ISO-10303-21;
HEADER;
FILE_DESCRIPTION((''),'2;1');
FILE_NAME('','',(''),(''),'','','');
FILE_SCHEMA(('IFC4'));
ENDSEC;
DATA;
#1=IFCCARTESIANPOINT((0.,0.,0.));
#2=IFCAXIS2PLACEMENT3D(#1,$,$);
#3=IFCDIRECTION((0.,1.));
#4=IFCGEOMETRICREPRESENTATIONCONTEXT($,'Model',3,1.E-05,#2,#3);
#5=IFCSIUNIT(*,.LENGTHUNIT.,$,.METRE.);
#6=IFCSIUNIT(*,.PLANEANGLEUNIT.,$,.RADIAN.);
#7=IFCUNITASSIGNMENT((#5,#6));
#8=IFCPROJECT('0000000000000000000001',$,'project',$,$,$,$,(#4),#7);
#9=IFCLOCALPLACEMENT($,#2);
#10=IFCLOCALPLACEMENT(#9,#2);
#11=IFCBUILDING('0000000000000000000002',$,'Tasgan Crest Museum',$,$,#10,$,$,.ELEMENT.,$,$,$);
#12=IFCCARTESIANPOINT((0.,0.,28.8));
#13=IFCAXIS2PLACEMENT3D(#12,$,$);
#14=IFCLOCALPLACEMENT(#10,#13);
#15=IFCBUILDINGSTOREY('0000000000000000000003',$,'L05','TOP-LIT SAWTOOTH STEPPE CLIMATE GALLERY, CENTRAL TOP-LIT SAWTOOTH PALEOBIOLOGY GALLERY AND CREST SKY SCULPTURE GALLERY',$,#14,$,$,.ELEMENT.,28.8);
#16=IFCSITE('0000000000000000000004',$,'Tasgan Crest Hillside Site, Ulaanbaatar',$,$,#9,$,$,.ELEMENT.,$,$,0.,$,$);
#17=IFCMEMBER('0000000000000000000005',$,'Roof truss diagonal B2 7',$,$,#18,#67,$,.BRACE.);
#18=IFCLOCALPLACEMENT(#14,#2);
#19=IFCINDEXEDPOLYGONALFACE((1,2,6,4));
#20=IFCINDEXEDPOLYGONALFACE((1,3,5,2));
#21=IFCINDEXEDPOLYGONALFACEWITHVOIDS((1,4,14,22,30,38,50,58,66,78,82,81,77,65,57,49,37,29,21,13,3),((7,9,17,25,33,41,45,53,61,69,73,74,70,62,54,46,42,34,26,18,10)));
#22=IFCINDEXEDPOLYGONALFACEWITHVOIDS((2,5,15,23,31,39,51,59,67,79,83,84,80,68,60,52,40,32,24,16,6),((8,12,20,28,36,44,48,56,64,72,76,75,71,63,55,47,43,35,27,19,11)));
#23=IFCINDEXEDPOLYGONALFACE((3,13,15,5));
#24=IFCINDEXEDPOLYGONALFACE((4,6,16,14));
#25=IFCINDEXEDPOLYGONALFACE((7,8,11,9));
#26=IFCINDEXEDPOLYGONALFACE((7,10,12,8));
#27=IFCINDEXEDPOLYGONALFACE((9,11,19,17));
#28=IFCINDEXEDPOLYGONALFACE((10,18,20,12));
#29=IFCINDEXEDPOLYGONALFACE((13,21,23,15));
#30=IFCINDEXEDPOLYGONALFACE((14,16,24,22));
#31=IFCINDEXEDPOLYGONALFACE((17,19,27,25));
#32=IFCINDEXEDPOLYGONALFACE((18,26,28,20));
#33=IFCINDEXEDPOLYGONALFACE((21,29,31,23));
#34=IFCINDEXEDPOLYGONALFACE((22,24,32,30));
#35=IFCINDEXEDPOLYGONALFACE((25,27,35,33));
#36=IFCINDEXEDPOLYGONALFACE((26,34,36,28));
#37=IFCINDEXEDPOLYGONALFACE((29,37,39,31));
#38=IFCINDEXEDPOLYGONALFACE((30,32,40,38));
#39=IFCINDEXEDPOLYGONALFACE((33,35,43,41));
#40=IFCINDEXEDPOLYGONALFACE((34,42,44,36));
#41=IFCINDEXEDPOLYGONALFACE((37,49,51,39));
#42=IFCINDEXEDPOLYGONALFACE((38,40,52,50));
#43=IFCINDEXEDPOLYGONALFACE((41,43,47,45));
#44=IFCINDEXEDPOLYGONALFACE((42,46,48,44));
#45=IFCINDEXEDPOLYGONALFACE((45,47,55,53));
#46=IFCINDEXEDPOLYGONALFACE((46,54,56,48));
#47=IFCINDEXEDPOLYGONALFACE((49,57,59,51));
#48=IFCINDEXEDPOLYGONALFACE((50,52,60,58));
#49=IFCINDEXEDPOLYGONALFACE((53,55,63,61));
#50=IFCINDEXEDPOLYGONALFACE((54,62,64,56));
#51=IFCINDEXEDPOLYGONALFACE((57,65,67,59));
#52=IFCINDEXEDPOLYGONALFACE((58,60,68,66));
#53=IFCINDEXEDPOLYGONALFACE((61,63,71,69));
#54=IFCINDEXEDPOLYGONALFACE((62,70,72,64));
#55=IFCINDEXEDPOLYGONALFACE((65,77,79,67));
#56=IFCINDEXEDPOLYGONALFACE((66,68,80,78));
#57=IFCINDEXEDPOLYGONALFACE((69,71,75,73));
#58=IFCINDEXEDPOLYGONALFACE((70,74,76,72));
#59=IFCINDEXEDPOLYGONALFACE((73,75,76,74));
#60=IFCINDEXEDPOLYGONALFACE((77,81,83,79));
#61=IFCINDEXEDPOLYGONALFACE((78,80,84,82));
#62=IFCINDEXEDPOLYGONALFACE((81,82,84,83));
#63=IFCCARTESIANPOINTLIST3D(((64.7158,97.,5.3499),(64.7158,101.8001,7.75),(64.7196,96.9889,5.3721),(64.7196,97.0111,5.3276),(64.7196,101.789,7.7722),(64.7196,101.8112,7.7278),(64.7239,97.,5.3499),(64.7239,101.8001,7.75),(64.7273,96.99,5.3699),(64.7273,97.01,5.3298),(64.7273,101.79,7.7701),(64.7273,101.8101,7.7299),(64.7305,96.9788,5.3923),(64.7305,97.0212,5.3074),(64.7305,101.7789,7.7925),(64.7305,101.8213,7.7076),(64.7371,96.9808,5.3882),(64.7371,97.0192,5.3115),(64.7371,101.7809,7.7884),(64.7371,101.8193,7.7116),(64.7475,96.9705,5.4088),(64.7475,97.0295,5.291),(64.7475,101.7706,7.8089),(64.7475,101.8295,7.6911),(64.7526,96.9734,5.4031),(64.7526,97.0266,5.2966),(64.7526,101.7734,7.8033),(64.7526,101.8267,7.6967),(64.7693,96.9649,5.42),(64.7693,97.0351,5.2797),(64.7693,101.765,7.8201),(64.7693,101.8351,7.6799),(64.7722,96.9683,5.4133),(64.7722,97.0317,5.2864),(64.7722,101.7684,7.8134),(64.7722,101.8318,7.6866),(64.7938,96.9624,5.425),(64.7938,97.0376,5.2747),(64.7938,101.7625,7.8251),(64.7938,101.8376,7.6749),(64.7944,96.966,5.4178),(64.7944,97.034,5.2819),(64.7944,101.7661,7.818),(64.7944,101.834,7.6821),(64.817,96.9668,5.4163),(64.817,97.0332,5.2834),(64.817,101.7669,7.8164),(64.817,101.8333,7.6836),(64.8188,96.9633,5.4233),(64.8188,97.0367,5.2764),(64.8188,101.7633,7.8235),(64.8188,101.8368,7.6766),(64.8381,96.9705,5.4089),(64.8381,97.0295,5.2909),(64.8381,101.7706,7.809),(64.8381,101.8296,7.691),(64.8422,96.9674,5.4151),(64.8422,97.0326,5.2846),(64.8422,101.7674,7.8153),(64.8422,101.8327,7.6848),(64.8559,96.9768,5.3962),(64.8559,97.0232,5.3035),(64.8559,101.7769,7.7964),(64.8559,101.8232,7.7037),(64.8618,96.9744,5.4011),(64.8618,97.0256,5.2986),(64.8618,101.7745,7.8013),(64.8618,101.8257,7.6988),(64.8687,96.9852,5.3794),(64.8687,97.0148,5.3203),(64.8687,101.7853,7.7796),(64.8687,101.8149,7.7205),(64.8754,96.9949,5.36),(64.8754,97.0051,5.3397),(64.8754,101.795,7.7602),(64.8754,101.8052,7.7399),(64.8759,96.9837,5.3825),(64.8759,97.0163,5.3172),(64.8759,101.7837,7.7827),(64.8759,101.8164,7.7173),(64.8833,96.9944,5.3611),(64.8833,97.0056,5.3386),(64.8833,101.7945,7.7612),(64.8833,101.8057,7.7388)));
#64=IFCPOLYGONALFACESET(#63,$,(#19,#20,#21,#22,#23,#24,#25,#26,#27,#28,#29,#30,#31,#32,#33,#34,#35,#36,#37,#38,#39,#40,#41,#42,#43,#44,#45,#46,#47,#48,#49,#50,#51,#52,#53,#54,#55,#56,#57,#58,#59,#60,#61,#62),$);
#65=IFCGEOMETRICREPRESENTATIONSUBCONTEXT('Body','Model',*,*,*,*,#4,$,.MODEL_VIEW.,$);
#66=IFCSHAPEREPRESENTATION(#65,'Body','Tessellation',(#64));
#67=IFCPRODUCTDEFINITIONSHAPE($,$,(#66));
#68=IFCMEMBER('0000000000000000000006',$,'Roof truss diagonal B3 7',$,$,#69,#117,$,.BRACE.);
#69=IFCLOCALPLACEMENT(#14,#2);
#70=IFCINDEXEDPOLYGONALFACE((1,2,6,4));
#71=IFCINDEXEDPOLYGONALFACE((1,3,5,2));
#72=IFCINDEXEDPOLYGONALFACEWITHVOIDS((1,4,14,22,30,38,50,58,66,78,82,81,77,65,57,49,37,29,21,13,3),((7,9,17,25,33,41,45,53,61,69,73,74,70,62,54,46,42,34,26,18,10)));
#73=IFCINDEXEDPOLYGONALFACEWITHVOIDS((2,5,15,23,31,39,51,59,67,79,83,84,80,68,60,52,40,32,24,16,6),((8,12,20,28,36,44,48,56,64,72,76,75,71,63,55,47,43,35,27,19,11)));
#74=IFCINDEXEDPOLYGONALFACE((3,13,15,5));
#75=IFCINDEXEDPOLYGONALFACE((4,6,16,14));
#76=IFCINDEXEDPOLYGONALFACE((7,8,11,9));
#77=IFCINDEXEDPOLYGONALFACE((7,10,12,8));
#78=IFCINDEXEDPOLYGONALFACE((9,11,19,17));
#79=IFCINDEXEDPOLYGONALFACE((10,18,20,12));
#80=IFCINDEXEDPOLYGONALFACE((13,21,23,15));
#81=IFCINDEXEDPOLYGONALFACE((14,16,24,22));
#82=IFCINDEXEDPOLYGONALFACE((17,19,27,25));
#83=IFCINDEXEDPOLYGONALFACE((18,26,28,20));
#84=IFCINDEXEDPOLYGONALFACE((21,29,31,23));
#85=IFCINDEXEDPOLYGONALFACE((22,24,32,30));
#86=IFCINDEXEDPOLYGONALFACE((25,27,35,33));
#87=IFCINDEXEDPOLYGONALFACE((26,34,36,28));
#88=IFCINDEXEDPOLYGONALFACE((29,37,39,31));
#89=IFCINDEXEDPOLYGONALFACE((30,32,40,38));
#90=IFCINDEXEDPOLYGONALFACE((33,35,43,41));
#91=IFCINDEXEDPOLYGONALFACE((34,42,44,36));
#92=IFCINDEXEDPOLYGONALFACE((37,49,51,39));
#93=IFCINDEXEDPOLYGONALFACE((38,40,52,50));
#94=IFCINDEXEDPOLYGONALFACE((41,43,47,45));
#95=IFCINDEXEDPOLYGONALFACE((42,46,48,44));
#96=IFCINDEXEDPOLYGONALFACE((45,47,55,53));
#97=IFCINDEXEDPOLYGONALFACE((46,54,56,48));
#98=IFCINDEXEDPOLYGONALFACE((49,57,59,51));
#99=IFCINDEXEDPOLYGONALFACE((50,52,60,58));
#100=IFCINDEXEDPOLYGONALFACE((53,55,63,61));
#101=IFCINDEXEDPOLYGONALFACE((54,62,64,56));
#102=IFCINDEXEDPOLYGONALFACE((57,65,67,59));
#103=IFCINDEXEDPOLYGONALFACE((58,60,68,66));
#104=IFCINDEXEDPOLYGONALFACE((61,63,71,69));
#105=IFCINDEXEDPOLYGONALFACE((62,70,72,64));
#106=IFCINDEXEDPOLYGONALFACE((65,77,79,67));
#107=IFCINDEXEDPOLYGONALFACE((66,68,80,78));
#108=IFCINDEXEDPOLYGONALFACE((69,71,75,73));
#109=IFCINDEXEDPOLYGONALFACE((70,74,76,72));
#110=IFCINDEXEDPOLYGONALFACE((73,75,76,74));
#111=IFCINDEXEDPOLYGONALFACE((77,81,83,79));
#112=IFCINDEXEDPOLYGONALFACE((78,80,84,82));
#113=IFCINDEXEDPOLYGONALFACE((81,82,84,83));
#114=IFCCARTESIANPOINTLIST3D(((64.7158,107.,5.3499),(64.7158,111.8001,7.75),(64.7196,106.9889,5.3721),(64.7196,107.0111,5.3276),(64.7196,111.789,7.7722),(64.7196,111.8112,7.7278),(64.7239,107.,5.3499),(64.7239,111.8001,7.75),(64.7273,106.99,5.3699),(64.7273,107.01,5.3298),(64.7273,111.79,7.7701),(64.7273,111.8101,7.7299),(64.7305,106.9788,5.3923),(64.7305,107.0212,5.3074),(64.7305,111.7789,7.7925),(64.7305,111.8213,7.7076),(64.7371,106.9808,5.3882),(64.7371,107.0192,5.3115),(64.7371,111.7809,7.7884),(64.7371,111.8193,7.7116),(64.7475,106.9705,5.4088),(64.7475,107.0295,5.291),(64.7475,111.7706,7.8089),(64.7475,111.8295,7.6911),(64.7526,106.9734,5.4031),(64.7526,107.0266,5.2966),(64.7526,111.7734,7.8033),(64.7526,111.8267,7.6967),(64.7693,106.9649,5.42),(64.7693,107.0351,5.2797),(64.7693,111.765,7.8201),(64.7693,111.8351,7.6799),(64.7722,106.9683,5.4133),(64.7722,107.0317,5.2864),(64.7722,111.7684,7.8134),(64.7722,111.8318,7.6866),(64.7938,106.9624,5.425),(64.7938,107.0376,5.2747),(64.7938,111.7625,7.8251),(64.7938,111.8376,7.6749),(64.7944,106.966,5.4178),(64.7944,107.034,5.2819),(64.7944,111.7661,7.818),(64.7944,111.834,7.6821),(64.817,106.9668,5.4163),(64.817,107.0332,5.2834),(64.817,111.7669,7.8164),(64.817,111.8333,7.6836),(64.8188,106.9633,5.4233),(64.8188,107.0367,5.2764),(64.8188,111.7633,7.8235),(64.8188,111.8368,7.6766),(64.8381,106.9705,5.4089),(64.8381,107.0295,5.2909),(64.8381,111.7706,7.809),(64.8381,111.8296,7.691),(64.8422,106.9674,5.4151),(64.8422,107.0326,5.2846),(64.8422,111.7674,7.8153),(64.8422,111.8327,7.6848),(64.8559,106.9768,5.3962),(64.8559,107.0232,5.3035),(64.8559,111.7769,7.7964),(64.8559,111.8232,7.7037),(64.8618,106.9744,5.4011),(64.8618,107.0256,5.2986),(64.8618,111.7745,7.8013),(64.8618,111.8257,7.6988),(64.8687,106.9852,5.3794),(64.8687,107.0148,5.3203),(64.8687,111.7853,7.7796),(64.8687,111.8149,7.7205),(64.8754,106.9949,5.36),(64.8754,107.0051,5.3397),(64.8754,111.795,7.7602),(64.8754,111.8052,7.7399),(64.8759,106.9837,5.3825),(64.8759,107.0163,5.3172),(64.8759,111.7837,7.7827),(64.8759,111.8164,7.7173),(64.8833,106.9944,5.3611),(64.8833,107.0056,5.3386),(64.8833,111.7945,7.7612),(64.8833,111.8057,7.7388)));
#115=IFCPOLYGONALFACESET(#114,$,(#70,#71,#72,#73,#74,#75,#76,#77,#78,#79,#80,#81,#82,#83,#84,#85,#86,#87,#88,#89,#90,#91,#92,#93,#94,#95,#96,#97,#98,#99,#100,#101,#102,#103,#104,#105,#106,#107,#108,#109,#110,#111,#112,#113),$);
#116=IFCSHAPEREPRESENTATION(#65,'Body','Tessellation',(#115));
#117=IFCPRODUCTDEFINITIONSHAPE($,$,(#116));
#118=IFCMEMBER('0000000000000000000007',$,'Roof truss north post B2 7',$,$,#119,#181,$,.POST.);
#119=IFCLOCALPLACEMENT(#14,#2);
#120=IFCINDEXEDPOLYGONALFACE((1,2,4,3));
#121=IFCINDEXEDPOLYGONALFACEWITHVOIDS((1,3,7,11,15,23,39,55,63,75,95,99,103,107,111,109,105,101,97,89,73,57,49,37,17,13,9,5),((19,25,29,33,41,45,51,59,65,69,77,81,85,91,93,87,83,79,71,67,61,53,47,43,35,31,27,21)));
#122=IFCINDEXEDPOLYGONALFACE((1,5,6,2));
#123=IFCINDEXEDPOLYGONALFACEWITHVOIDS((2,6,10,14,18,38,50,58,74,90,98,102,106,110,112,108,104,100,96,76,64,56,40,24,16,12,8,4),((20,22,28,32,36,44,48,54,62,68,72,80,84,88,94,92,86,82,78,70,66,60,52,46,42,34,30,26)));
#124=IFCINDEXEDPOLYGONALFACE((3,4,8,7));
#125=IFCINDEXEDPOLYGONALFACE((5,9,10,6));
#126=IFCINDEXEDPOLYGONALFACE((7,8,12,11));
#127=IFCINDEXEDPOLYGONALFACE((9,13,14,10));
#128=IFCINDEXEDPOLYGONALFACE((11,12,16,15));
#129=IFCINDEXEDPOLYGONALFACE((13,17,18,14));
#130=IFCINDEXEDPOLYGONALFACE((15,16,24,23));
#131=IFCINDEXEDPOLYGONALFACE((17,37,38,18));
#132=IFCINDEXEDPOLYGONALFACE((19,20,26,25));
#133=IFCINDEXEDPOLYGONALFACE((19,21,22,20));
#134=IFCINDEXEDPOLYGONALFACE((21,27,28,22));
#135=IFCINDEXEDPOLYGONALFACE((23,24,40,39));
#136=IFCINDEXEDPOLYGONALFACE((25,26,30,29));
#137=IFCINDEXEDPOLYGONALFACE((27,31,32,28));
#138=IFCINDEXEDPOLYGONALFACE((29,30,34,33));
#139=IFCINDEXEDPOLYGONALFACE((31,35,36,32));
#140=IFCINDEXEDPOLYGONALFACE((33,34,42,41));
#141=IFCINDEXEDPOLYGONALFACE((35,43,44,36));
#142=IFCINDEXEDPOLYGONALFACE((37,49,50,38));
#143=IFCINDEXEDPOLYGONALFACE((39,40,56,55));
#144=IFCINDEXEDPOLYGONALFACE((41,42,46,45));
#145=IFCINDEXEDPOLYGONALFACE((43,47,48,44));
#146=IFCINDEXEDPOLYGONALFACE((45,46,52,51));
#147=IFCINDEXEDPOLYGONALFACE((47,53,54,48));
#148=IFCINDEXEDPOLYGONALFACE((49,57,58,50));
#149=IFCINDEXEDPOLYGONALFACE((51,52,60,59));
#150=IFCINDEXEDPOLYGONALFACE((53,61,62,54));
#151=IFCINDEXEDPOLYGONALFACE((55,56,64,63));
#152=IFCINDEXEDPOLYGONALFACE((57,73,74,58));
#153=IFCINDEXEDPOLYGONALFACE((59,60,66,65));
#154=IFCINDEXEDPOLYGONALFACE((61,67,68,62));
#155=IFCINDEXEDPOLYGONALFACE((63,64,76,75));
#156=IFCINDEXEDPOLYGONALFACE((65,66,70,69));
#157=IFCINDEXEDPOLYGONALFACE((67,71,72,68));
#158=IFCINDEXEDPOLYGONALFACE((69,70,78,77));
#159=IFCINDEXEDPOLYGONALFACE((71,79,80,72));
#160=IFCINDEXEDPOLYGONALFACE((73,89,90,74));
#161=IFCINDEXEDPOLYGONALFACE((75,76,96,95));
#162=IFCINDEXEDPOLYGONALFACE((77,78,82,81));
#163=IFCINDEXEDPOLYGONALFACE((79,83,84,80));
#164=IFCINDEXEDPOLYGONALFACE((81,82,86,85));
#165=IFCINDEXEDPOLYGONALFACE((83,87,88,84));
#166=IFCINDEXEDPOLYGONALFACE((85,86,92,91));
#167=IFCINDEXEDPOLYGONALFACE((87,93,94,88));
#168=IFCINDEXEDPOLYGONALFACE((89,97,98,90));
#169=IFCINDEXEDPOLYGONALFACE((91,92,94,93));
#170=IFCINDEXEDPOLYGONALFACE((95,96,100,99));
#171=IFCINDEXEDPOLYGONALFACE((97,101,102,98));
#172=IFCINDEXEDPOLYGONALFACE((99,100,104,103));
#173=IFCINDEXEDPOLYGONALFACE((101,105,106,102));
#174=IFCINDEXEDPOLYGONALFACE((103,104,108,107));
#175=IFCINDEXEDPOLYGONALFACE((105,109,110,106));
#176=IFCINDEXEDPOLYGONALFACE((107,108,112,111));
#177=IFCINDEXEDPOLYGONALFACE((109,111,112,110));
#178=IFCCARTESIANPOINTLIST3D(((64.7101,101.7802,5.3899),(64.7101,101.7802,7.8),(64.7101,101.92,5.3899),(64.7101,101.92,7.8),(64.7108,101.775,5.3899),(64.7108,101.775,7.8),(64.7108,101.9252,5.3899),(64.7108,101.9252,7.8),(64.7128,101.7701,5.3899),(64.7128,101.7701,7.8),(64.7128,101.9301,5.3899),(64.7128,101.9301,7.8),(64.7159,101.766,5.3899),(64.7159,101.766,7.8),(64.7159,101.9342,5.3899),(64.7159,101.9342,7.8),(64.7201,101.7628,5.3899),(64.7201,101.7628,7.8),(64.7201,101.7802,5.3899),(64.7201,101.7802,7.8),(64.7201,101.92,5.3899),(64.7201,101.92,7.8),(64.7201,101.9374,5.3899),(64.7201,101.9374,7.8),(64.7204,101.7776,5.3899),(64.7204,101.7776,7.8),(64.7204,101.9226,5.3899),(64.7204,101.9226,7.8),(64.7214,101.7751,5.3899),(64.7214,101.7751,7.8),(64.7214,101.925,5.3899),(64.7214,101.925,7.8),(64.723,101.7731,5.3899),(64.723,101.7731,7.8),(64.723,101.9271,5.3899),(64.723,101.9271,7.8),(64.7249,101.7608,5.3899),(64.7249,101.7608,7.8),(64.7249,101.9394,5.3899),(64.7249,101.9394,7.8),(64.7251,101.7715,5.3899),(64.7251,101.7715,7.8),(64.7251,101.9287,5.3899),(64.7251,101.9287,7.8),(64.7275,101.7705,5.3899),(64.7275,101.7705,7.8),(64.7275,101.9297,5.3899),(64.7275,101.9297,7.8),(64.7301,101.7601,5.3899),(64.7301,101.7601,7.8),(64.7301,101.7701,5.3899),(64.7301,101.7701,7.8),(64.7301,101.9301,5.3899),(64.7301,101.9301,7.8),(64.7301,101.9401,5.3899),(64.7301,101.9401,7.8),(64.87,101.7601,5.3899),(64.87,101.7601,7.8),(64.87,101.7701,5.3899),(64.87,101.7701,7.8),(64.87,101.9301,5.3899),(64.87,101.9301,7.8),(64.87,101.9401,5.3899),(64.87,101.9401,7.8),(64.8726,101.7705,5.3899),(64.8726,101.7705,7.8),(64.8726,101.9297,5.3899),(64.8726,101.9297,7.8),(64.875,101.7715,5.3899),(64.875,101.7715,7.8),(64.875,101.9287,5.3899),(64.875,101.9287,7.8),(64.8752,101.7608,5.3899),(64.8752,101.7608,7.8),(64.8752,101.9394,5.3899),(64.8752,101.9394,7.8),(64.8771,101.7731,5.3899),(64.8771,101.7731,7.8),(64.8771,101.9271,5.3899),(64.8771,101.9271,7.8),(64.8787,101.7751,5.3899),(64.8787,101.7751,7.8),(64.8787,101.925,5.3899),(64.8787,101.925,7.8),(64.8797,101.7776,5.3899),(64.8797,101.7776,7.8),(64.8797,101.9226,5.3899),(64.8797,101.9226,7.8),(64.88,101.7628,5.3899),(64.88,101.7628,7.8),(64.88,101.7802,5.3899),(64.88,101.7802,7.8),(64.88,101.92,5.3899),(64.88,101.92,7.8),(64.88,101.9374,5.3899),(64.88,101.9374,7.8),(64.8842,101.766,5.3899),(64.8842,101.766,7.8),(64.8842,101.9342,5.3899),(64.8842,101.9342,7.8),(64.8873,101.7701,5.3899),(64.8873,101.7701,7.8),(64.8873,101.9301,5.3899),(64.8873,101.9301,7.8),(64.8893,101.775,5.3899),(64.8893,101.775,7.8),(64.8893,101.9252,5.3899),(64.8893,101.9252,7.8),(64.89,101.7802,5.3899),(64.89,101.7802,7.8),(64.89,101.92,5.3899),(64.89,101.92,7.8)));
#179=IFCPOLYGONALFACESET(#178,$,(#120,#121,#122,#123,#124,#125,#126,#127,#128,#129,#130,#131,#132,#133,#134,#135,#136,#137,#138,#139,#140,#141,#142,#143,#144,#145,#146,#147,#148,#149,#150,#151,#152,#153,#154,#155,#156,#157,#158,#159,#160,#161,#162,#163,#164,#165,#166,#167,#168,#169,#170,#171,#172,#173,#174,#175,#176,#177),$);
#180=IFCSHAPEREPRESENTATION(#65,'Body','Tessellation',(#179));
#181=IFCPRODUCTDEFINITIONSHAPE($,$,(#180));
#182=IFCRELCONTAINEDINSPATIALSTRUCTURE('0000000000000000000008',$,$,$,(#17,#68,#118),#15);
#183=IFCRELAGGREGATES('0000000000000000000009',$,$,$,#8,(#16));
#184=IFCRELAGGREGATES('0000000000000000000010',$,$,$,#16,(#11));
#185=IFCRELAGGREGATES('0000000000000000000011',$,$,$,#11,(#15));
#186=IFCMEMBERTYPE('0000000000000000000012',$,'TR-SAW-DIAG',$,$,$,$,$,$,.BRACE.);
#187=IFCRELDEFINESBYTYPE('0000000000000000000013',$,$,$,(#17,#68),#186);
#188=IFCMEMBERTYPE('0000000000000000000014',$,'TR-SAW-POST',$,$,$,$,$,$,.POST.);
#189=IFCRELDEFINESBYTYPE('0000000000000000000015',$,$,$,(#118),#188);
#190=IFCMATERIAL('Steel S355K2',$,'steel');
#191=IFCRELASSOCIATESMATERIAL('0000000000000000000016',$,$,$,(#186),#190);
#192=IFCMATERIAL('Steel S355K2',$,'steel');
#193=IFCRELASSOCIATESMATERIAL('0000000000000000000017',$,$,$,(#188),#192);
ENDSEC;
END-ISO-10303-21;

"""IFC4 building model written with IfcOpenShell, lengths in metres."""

from ifc_helpers import new_model, si_unit, direction, frame, origin, origin_2d, place, context, subcontext, project, spatial, hollow_rectangle, hollow_circle, extrude, material, material_profile, profile_set, type_object, element, save


model = new_model("IFC4")

# Units and contexts
model_context = context("Model", 3, precision=1e-05, world=origin(), true_north=direction((0.0, 1.0)))
body_context = subcontext(model_context, "Body", "Model", "MODEL_VIEW")
ifc_project = project(units=[si_unit("LENGTHUNIT", "METRE"), si_unit("PLANEANGLEUNIT", "RADIAN")], contexts=[model_context])

# Site, building, storey
site_placement = place(None, origin())
site = spatial("IfcSite", under=ifc_project, at=site_placement, Name="Tasgan Crest Hillside Site, Ulaanbaatar", CompositionType="ELEMENT", RefElevation=0.0)
building_placement = place(site_placement, origin())
building = spatial("IfcBuilding", under=site, at=building_placement, Name="Tasgan Crest Museum", CompositionType="ELEMENT")
storey_placement = place(building_placement, frame((0.0, 0.0, 28.8)))
storey = spatial("IfcBuildingStorey", under=building, at=storey_placement, Name="L05", Description="TOP-LIT SAWTOOTH STEPPE CLIMATE GALLERY, CENTRAL TOP-LIT SAWTOOTH PALEOBIOLOGY GALLERY AND CREST SKY SCULPTURE GALLERY", CompositionType="ELEMENT", Elevation=28.8)

# Members
ifc_material_1 = material(Name="Steel S355K2", Category="steel")
ifc_material_profile_1 = material_profile(ifc_material_1, hollow_circle(Radius=0.0842, WallThickness=0.0081, at=origin_2d()), Name="CHS 168.3x8")
ifc_profile_set_1 = profile_set([ifc_material_profile_1], Name="Steel S355K2")
member_type_1 = type_object("IfcMemberType", Name="TR-SAW-DIAG", PredefinedType="BRACE", material=ifc_profile_set_1)
for number, where, z_axis, x_axis, name in (
    (1, (64.8, 97.0, 5.3499), (0.0, 0.894418, 0.447232), (-1.0, 0.0, 0.0), "Roof truss diagonal B2 7"),
    (2, (64.8, 107.0, 5.3499), (0.0, 0.894418, 0.447232), (-1.0, 0.0, 0.0), "Roof truss diagonal B3 7"),
):
    element("IfcMember", number, at=place(storey_placement, frame(where, z_axis=z_axis, x_axis=x_axis)), inside=storey, type_object=member_type_1, Name=name, PredefinedType="BRACE", context=body_context, shape_type="SweptSolid", body=[
        extrude(hollow_circle(Radius=0.0842, WallThickness=0.0081, at=origin_2d()), origin(), (0.0, 0.0, 1.0), 5.3667),
    ])
ifc_material_2 = material(Name="Steel S355K2", Category="steel")
ifc_material_profile_2 = material_profile(ifc_material_2, hollow_rectangle(XDim=0.1799, YDim=0.1799, WallThickness=0.01, InnerFilletRadius=0.01, OuterFilletRadius=0.02, at=origin_2d()), Name="SHS 180x180x10")
ifc_profile_set_2 = profile_set([ifc_material_profile_2], Name="Steel S355K2")
member_type_2 = type_object("IfcMemberType", Name="TR-SAW-POST", PredefinedType="POST", material=ifc_profile_set_2)
for number, where, z_axis, x_axis, name in (
    (3, (64.8, 101.8501, 5.3899), (0.0, 0.0, 1.0), (1.0, 0.0, 0.0), "Roof truss north post B2 7"),
):
    element("IfcMember", number, at=place(storey_placement, frame(where, z_axis=z_axis, x_axis=x_axis)), inside=storey, type_object=member_type_2, Name=name, PredefinedType="POST", context=body_context, shape_type="SweptSolid", body=[
        extrude(hollow_rectangle(XDim=0.1799, YDim=0.1799, WallThickness=0.01, InnerFilletRadius=0.01, OuterFilletRadius=0.02, at=origin_2d()), origin(), (0.0, 0.0, 1.0), 2.4102),
    ])

save(model, "model.ifc")
